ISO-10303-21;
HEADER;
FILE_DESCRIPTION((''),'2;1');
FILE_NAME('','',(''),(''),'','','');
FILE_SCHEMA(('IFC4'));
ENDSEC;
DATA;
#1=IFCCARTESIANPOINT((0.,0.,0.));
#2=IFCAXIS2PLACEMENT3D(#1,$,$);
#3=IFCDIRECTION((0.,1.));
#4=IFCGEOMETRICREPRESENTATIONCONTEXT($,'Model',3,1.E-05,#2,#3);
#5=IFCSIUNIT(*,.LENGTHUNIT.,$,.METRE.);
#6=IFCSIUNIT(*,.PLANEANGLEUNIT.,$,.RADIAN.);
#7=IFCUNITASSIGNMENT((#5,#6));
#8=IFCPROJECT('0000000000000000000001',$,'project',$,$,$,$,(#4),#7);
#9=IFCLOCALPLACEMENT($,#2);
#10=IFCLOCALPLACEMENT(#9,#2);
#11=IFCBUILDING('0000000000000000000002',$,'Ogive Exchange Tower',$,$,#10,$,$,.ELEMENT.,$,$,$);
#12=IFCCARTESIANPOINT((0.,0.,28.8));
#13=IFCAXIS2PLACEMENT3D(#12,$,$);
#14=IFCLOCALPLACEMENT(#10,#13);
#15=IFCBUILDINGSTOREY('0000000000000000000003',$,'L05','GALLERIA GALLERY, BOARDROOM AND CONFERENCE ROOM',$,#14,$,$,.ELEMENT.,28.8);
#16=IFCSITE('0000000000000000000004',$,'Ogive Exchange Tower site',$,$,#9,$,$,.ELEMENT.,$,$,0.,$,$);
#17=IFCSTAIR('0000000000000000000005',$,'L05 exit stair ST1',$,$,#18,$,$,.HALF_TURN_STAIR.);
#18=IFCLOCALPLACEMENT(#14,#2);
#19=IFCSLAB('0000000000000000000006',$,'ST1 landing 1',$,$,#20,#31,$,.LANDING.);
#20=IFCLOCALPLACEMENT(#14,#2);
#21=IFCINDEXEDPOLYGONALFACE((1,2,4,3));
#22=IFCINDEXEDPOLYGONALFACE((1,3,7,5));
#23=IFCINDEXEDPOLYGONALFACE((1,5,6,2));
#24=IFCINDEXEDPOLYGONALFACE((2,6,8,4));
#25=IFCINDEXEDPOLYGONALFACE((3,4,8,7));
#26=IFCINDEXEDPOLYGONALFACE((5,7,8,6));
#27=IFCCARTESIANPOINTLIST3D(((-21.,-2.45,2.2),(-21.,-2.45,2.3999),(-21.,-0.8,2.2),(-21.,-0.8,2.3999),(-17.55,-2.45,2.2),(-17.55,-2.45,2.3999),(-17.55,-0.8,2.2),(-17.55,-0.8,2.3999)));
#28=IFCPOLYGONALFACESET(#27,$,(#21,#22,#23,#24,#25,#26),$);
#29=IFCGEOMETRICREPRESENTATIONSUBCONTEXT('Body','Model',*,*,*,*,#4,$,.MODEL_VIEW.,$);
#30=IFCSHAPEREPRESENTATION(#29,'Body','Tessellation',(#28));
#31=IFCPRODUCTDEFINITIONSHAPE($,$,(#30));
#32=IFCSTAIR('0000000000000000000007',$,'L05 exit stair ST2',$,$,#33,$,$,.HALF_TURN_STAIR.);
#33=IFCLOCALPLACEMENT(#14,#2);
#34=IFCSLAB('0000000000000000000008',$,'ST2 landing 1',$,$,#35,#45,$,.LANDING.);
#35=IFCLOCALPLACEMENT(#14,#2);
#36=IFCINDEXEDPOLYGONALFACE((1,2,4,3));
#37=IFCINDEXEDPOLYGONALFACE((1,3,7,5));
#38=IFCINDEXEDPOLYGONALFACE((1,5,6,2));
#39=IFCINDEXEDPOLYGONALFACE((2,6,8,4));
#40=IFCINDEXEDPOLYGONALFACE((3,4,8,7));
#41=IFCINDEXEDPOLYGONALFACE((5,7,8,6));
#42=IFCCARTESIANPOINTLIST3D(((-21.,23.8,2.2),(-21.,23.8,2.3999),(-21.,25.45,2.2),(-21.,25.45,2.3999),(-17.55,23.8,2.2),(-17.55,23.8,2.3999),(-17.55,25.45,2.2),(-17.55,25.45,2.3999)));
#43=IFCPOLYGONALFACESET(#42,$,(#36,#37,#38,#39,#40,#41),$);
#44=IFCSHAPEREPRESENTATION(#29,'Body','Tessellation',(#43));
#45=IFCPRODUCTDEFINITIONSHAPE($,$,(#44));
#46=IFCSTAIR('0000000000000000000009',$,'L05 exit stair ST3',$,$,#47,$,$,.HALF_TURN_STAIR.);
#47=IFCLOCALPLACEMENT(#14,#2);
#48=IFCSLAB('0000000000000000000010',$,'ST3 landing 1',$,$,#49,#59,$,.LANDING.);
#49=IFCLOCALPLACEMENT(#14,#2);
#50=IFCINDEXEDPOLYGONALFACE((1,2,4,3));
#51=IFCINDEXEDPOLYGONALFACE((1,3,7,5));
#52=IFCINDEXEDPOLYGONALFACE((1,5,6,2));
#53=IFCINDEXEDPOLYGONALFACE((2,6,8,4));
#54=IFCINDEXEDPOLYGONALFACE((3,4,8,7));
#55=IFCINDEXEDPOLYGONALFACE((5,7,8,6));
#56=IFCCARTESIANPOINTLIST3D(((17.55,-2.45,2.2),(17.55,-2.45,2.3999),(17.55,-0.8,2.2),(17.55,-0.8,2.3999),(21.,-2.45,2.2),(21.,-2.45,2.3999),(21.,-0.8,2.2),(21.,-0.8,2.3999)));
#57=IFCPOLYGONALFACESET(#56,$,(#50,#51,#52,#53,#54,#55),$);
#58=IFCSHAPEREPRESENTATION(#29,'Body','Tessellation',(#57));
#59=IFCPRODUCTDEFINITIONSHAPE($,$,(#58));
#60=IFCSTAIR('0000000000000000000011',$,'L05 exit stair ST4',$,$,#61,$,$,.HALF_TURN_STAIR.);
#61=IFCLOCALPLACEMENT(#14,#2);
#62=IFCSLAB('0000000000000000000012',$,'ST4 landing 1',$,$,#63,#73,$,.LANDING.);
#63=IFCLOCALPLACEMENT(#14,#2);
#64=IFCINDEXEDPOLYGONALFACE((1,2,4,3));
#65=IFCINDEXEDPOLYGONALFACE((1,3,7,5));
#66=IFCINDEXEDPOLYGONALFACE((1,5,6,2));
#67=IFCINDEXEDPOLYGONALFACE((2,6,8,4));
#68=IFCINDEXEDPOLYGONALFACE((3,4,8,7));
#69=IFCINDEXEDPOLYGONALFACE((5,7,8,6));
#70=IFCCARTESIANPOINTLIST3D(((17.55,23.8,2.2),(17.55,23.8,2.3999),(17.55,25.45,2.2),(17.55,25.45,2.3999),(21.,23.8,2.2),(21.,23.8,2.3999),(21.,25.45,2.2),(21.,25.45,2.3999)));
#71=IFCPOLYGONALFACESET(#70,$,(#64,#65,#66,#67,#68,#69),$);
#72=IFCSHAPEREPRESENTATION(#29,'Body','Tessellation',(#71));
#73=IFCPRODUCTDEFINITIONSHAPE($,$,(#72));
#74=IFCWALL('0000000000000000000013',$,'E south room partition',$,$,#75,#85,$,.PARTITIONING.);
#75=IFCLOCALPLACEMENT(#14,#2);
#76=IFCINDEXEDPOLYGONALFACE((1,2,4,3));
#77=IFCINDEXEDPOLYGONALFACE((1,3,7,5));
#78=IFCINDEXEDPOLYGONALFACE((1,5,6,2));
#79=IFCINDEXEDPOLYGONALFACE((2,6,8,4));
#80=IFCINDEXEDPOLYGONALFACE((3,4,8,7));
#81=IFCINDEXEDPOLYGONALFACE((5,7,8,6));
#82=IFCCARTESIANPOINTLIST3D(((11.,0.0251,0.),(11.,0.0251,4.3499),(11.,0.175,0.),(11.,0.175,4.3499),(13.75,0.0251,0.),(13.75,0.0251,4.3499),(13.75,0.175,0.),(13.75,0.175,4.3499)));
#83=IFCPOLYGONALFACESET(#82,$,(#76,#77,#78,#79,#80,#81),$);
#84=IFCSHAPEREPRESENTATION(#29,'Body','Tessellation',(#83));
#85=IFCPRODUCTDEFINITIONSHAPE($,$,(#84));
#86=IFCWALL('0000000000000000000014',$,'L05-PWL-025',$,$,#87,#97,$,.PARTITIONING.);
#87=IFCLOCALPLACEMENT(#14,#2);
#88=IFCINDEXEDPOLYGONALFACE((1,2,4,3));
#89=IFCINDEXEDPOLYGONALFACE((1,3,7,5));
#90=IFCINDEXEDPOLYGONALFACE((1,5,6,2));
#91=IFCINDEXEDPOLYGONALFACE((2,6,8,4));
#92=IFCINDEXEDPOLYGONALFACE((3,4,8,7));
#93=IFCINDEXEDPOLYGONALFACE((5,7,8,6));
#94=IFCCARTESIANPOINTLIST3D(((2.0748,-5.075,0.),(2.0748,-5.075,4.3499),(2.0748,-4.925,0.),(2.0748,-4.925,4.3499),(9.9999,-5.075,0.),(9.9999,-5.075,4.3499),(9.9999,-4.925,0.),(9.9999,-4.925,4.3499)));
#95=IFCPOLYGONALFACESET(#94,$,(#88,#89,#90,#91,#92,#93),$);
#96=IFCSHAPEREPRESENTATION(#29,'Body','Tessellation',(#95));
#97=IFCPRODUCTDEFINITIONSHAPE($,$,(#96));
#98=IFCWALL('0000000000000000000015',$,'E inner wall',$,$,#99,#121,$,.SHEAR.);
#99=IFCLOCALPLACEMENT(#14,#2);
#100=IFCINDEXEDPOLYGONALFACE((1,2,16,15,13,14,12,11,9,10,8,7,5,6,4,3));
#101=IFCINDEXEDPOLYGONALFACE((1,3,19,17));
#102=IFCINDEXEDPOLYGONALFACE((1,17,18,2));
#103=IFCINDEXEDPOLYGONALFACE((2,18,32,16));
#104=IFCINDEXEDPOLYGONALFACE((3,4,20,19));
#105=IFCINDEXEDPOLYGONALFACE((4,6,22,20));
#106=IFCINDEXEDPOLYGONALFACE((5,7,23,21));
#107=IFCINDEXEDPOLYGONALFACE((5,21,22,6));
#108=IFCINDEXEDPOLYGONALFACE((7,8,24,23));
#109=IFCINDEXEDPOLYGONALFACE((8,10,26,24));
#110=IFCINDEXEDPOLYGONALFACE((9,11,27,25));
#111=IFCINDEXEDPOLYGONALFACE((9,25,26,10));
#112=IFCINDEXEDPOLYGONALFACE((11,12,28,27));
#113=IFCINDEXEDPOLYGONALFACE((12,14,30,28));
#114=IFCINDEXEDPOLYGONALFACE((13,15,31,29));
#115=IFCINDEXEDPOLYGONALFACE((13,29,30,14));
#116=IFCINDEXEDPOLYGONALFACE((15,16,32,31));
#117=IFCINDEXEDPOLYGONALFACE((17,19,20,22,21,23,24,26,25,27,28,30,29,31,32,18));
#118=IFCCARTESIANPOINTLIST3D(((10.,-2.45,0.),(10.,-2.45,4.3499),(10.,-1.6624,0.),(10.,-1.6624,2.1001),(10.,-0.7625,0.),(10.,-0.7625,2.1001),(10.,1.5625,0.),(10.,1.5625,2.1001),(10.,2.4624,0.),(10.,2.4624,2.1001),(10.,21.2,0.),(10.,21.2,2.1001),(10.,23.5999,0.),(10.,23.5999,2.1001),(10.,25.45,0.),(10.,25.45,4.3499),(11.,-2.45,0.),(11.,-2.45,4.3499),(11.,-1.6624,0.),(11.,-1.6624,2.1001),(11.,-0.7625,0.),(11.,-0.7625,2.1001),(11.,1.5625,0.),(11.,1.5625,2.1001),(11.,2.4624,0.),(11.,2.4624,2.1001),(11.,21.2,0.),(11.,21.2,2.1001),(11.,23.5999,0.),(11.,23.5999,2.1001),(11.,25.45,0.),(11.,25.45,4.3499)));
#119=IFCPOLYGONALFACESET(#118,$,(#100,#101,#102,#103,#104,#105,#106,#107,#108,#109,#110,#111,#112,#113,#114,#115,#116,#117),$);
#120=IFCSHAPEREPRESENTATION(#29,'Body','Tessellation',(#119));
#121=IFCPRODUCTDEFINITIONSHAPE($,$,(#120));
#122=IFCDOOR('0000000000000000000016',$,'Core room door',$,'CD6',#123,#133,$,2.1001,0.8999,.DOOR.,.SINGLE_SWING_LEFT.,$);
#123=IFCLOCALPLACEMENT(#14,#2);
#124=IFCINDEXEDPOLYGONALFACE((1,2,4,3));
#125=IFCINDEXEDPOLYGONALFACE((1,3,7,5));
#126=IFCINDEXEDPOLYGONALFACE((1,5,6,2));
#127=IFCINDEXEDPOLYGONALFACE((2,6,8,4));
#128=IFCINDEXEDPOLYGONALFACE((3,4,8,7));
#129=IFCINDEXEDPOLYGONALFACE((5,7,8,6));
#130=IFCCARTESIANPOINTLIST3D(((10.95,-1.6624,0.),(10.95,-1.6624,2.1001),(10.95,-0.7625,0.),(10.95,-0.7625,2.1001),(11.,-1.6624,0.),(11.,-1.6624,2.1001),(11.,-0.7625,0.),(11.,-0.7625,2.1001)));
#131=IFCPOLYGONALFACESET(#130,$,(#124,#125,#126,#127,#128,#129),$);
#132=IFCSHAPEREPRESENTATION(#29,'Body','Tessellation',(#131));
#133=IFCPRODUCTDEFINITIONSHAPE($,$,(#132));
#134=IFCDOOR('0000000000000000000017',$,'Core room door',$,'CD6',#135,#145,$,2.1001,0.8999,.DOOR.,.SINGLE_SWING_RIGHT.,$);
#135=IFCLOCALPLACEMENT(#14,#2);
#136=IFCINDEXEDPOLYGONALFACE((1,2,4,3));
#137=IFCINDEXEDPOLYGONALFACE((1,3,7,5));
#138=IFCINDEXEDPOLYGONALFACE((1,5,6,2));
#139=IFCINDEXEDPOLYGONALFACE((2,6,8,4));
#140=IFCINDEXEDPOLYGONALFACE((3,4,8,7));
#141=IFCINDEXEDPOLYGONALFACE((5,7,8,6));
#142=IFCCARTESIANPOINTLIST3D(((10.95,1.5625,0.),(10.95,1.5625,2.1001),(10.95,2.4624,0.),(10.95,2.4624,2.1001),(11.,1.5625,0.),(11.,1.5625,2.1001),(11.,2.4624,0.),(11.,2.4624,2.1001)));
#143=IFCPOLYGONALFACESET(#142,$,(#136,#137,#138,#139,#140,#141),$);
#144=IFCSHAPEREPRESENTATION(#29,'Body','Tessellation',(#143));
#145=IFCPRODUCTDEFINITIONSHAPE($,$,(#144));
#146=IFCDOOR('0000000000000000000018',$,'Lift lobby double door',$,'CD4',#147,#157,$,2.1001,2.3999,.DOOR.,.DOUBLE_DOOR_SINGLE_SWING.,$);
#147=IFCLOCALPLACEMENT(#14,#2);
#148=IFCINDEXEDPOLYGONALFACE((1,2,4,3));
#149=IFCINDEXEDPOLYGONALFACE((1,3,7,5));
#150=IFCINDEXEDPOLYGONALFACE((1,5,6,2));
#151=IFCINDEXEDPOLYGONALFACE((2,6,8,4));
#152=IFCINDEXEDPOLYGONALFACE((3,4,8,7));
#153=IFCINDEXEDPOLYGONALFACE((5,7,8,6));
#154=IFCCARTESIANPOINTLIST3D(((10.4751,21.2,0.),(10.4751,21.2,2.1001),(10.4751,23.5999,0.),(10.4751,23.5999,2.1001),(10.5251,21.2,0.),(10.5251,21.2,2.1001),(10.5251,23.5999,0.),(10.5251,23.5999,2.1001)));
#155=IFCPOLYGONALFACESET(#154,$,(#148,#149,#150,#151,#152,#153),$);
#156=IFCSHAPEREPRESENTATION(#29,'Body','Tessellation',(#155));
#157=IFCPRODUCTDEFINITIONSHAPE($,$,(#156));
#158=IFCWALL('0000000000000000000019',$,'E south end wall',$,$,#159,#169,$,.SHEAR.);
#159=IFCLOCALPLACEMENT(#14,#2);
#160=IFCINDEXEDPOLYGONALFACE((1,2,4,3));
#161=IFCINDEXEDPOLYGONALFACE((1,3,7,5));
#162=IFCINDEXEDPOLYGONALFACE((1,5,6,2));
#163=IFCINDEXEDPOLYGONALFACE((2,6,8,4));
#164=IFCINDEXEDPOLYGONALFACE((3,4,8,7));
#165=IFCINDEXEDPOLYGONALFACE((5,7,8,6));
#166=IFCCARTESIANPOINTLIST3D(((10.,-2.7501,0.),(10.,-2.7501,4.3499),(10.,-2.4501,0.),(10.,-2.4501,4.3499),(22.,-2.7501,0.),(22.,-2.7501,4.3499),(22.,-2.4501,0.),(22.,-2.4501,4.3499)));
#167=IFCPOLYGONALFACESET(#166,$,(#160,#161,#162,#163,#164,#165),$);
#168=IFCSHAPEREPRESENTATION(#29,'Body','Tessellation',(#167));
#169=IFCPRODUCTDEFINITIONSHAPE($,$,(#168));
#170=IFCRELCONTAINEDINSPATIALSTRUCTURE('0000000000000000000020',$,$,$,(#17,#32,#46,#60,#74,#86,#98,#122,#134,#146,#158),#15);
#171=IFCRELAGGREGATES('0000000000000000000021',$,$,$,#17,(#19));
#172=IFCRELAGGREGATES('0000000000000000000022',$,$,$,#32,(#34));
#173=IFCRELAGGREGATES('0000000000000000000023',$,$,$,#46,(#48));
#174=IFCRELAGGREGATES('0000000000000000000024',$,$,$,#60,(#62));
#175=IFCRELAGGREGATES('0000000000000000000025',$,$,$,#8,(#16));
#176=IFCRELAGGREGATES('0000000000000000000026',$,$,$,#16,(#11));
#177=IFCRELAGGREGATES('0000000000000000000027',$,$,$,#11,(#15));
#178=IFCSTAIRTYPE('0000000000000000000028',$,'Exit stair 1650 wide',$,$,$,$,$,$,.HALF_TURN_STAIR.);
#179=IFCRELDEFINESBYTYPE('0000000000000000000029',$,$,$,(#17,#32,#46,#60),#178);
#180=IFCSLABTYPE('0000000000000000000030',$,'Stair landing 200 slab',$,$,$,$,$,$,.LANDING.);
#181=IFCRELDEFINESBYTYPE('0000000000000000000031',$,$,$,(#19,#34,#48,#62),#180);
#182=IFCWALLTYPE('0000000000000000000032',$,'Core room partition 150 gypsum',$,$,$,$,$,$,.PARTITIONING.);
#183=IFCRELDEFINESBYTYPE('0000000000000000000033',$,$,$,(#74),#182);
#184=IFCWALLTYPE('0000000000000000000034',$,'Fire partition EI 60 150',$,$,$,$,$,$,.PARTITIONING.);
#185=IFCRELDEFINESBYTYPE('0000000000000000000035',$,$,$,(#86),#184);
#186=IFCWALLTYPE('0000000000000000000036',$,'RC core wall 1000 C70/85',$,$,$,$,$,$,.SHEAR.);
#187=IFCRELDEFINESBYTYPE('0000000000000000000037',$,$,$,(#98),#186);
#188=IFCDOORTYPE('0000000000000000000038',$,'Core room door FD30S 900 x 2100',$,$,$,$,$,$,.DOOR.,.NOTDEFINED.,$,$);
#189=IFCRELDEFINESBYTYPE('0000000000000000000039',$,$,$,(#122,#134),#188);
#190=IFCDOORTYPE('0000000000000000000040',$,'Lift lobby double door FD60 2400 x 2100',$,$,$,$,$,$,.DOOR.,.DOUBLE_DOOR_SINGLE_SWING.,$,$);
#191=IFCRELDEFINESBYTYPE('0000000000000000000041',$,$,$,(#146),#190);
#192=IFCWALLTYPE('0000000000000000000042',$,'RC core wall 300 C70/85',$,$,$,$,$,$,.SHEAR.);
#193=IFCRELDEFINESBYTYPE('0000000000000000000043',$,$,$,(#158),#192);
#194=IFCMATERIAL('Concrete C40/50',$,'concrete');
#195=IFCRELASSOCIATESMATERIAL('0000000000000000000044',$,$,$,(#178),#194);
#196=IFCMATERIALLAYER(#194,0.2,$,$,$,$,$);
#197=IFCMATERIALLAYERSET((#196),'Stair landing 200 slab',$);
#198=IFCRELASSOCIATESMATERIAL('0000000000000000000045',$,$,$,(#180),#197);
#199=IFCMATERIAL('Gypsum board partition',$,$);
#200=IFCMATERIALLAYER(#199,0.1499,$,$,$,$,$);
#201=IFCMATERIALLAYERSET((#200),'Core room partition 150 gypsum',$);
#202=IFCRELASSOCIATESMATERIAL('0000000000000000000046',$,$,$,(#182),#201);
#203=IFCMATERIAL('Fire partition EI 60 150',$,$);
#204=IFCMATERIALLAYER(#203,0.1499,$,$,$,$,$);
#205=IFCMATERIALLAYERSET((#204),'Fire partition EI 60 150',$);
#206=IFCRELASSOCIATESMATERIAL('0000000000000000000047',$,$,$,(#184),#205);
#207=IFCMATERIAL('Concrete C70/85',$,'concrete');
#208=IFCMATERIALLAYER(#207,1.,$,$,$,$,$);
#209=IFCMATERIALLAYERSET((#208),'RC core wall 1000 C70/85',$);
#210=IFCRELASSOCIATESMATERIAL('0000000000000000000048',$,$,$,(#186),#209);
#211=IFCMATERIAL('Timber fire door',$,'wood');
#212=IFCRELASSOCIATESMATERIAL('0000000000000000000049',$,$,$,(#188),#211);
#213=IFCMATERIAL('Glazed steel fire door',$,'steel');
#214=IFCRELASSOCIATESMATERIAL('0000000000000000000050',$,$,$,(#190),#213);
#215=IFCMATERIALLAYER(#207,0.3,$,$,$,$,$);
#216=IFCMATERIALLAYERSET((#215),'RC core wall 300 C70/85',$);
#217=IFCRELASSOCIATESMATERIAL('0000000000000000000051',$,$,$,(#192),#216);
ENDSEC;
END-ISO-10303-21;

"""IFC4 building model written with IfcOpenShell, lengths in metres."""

from ifc_helpers import new_model, si_unit, direction, frame, frame_2d, origin, place, context, subcontext, project, spatial, polyline, rectangle, outline, extrude, material, layer, layer_set, type_object, element, fill, aggregate, save


model = new_model("IFC4")

# Units and contexts
model_context = context("Model", 3, precision=1e-05, world=origin(), true_north=direction((0.0, 1.0)))
body_context = subcontext(model_context, "Body", "Model", "MODEL_VIEW")
ifc_project = project(units=[si_unit("LENGTHUNIT", "METRE"), si_unit("PLANEANGLEUNIT", "RADIAN")], contexts=[model_context])

# Site, building, storey
site_placement = place(None, origin())
site = spatial("IfcSite", under=ifc_project, at=site_placement, Name="Ogive Exchange Tower site", CompositionType="ELEMENT", RefElevation=0.0)
building_placement = place(site_placement, origin())
building = spatial("IfcBuilding", under=site, at=building_placement, Name="Ogive Exchange Tower", CompositionType="ELEMENT")
storey_placement = place(building_placement, frame((0.0, 0.0, 28.8)))
storey = spatial("IfcBuildingStorey", under=building, at=storey_placement, Name="L05", Description="GALLERIA GALLERY, BOARDROOM AND CONFERENCE ROOM", CompositionType="ELEMENT", Elevation=28.8)

# Shared definitions
ifc_material_1 = material(Name="Concrete C70/85", Category="concrete")

# Stairs, slabs
ifc_material_2 = material(Name="Concrete C40/50", Category="concrete")
stair_type = type_object("IfcStairType", Name="Exit stair 1650 wide", PredefinedType="HALF_TURN_STAIR", material=ifc_material_2)
stair_1_placement = place(storey_placement, origin())
stair_1 = element("IfcStair", 1, at=stair_1_placement, inside=storey, type_object=stair_type, Name="L05 exit stair ST1", PredefinedType="HALF_TURN_STAIR")
ifc_layer_1 = layer(ifc_material_2, 0.2)
ifc_layer_set_1 = layer_set([ifc_layer_1], Name="Stair landing 200 slab")
slab_type_1 = type_object("IfcSlabType", Name="Stair landing 200 slab", PredefinedType="LANDING", material=ifc_layer_set_1)
slab_1_placement = place(storey_placement, frame((0.0, 0.0, 2.2)))
slab_1 = element("IfcSlab", 2, at=slab_1_placement, type_object=slab_type_1, Name="ST1 landing 1", PredefinedType="LANDING", context=body_context, shape_type="SweptSolid", body=[
    extrude(outline(polyline([(-21.0, -0.8), (-21.0, -2.45), (-17.55, -2.45), (-17.55, -0.8), (-21.0, -0.8)])), origin(), (0.0, 0.0, 1.0), 0.2),
])
aggregate(stair_1, [slab_1])
stair_2_placement = place(storey_placement, origin())
stair_2 = element("IfcStair", 3, at=stair_2_placement, inside=storey, type_object=stair_type, Name="L05 exit stair ST2", PredefinedType="HALF_TURN_STAIR")
slab_2_placement = place(storey_placement, frame((0.0, 0.0, 2.2)))
slab_2 = element("IfcSlab", 4, at=slab_2_placement, type_object=slab_type_1, Name="ST2 landing 1", PredefinedType="LANDING", context=body_context, shape_type="SweptSolid", body=[
    extrude(outline(polyline([(-17.55, 23.8), (-17.55, 25.45), (-21.0, 25.45), (-21.0, 23.8), (-17.55, 23.8)])), origin(), (0.0, 0.0, 1.0), 0.2),
])
aggregate(stair_2, [slab_2])
stair_3_placement = place(storey_placement, origin())
stair_3 = element("IfcStair", 5, at=stair_3_placement, inside=storey, type_object=stair_type, Name="L05 exit stair ST3", PredefinedType="HALF_TURN_STAIR")
slab_3_placement = place(storey_placement, frame((0.0, 0.0, 2.2)))
slab_3 = element("IfcSlab", 6, at=slab_3_placement, type_object=slab_type_1, Name="ST3 landing 1", PredefinedType="LANDING", context=body_context, shape_type="SweptSolid", body=[
    extrude(outline(polyline([(17.55, -0.8), (17.55, -2.45), (21.0, -2.45), (21.0, -0.8), (17.55, -0.8)])), origin(), (0.0, 0.0, 1.0), 0.2),
])
aggregate(stair_3, [slab_3])
stair_4_placement = place(storey_placement, origin())
stair_4 = element("IfcStair", 7, at=stair_4_placement, inside=storey, type_object=stair_type, Name="L05 exit stair ST4", PredefinedType="HALF_TURN_STAIR")
slab_4_placement = place(storey_placement, frame((0.0, 0.0, 2.2)))
slab_4 = element("IfcSlab", 8, at=slab_4_placement, type_object=slab_type_1, Name="ST4 landing 1", PredefinedType="LANDING", context=body_context, shape_type="SweptSolid", body=[
    extrude(outline(polyline([(21.0, 23.8), (21.0, 25.45), (17.55, 25.45), (17.55, 23.8), (21.0, 23.8)])), origin(), (0.0, 0.0, 1.0), 0.2),
])
aggregate(stair_4, [slab_4])

# Walls
ifc_material_3 = material(Name="Gypsum board partition")
ifc_layer_2 = layer(ifc_material_3, 0.1499)
ifc_layer_set_2 = layer_set([ifc_layer_2], Name="Core room partition 150 gypsum")
wall_type_1 = type_object("IfcWallType", Name="Core room partition 150 gypsum", PredefinedType="PARTITIONING", material=ifc_layer_set_2)
wall_1_placement = place(storey_placement, frame((11.0, 0.1001, 0.0), z_axis=(0.0, 0.0, 1.0), x_axis=(1.0, 0.0, 0.0)))
element("IfcWall", 9, at=wall_1_placement, inside=storey, type_object=wall_type_1, Name="E south room partition", PredefinedType="PARTITIONING", context=body_context, shape_type="SweptSolid", body=[
    extrude(rectangle(XDim=2.75, YDim=0.1499, at=frame_2d((1.375, 0.0))), origin(), (0.0, 0.0, 1.0), 4.3499),
])
ifc_material_4 = material(Name="Fire partition EI 60 150")
ifc_layer_3 = layer(ifc_material_4, 0.1499)
ifc_layer_set_3 = layer_set([ifc_layer_3], Name="Fire partition EI 60 150")
wall_type_2 = type_object("IfcWallType", Name="Fire partition EI 60 150", PredefinedType="PARTITIONING", material=ifc_layer_set_3)
wall_2_placement = place(storey_placement, frame((2.075, -5.0, 0.0), z_axis=(0.0, 0.0, 1.0), x_axis=(1.0, 0.0, 0.0)))
element("IfcWall", 10, at=wall_2_placement, inside=storey, type_object=wall_type_2, Name="L05-PWL-025", PredefinedType="PARTITIONING", context=body_context, shape_type="SweptSolid", body=[
    extrude(rectangle(XDim=7.925, YDim=0.1499, at=frame_2d((3.9624, 0.0))), origin(), (0.0, 0.0, 1.0), 4.3499),
])

# Wall, openings, doors
ifc_layer_4 = layer(ifc_material_1, 1.0)
ifc_layer_set_4 = layer_set([ifc_layer_4], Name="RC core wall 1000 C70/85")
wall_type_3 = type_object("IfcWallType", Name="RC core wall 1000 C70/85", PredefinedType="SHEAR", material=ifc_layer_set_4)
wall_3_placement = place(storey_placement, frame((10.5, -2.45, 0.0), z_axis=(0.0, 0.0, 1.0), x_axis=(0.0, 1.0, 0.0)))
wall_3 = element("IfcWall", 11, at=wall_3_placement, inside=storey, type_object=wall_type_3, Name="E inner wall", PredefinedType="SHEAR", context=body_context, shape_type="SweptSolid", body=[
    extrude(rectangle(XDim=27.8999, YDim=1.0, at=frame_2d((13.95, 0.0))), origin(), (0.0, 0.0, 1.0), 4.3499),
])
opening_1_placement = place(wall_3_placement, frame((23.6499, 0.0, 0.0)))
opening_1 = element("IfcOpeningElement", 12, at=opening_1_placement, cuts=wall_3, PredefinedType="OPENING", context=body_context, shape_type="SweptSolid", body=[
    extrude(rectangle(XDim=2.3999, YDim=2.1001, at=frame_2d((1.2, 1.05))), frame((0.0, 0.51, 0.0), z_axis=(0.0, -1.0, 0.0), x_axis=(1.0, 0.0, 0.0)), (0.0, 0.0, 1.0), 1.02),
])
opening_2_placement = place(wall_3_placement, frame((0.7876, 0.0, 0.0)))
opening_2 = element("IfcOpeningElement", 13, at=opening_2_placement, cuts=wall_3, PredefinedType="OPENING", context=body_context, shape_type="SweptSolid", body=[
    extrude(rectangle(XDim=0.8999, YDim=2.1001, at=frame_2d((0.45, 1.05))), frame((0.0, 0.51, 0.0), z_axis=(0.0, -1.0, 0.0), x_axis=(1.0, 0.0, 0.0)), (0.0, 0.0, 1.0), 1.02),
])
opening_3_placement = place(wall_3_placement, frame((4.0125, 0.0, 0.0)))
opening_3 = element("IfcOpeningElement", 14, at=opening_3_placement, cuts=wall_3, PredefinedType="OPENING", context=body_context, shape_type="SweptSolid", body=[
    extrude(rectangle(XDim=0.8999, YDim=2.1001, at=frame_2d((0.45, 1.05))), frame((0.0, 0.51, 0.0), z_axis=(0.0, -1.0, 0.0), x_axis=(1.0, 0.0, 0.0)), (0.0, 0.0, 1.0), 1.02),
])
ifc_material_5 = material(Name="Timber fire door", Category="wood")
door_type_1 = type_object("IfcDoorType", Name="Core room door FD30S 900 x 2100", OperationType="NOTDEFINED", PredefinedType="DOOR", material=ifc_material_5)
door_1_placement = place(opening_2_placement, frame((0.8999, -0.9502, 0.0), z_axis=(0.0, 0.0, 1.0), x_axis=(-1.0, 0.0, 0.0)))
door_1 = element("IfcDoor", 15, at=door_1_placement, inside=storey, type_object=door_type_1, Name="Core room door", ObjectType="CD6", OperationType="SINGLE_SWING_LEFT", OverallHeight=2.1001, OverallWidth=0.8999, PredefinedType="DOOR", context=body_context, shape_type="SweptSolid", body=[
    extrude(rectangle(XDim=0.8999, YDim=2.1001, at=frame_2d((0.45, 1.05))), frame((0.0, -0.4502, 0.0), z_axis=(0.0, -1.0, 0.0), x_axis=(1.0, 0.0, 0.0)), (0.0, 0.0, 1.0), 0.05),
])
fill(opening_2, door_1)
door_2_placement = place(opening_3_placement, frame((0.8999, -0.9502, 0.0), z_axis=(0.0, 0.0, 1.0), x_axis=(-1.0, 0.0, 0.0)))
door_2 = element("IfcDoor", 16, at=door_2_placement, inside=storey, type_object=door_type_1, Name="Core room door", ObjectType="CD6", OperationType="SINGLE_SWING_RIGHT", OverallHeight=2.1001, OverallWidth=0.8999, PredefinedType="DOOR", context=body_context, shape_type="SweptSolid", body=[
    extrude(rectangle(XDim=0.8999, YDim=2.1001, at=frame_2d((0.45, 1.05))), frame((0.0, -0.4502, 0.0), z_axis=(0.0, -1.0, 0.0), x_axis=(1.0, 0.0, 0.0)), (0.0, 0.0, 1.0), 0.05),
])
fill(opening_3, door_2)
ifc_material_6 = material(Name="Glazed steel fire door", Category="steel")
door_type_2 = type_object("IfcDoorType", Name="Lift lobby double door FD60 2400 x 2100", OperationType="DOUBLE_DOOR_SINGLE_SWING", PredefinedType="DOOR", material=ifc_material_6)
door_3_placement = place(opening_1_placement, origin())
door_3 = element("IfcDoor", 17, at=door_3_placement, inside=storey, type_object=door_type_2, Name="Lift lobby double door", ObjectType="CD4", OperationType="DOUBLE_DOOR_SINGLE_SWING", OverallHeight=2.1001, OverallWidth=2.3999, PredefinedType="DOOR", context=body_context, shape_type="SweptSolid", body=[
    extrude(rectangle(XDim=2.3999, YDim=2.1001, at=frame_2d((1.2, 1.05))), frame((0.0, 0.0249, 0.0), z_axis=(0.0, -1.0, 0.0), x_axis=(1.0, 0.0, 0.0)), (0.0, 0.0, 1.0), 0.05),
])
fill(opening_1, door_3)

# Wall
ifc_layer_5 = layer(ifc_material_1, 0.3)
ifc_layer_set_5 = layer_set([ifc_layer_5], Name="RC core wall 300 C70/85")
wall_type_4 = type_object("IfcWallType", Name="RC core wall 300 C70/85", PredefinedType="SHEAR", material=ifc_layer_set_5)
wall_4_placement = place(storey_placement, frame((10.0, -2.6001, 0.0), z_axis=(0.0, 0.0, 1.0), x_axis=(1.0, 0.0, 0.0)))
element("IfcWall", 18, at=wall_4_placement, inside=storey, type_object=wall_type_4, Name="E south end wall", PredefinedType="SHEAR", context=body_context, shape_type="SweptSolid", body=[
    extrude(rectangle(XDim=12.0, YDim=0.3, at=frame_2d((6.0, 0.0))), origin(), (0.0, 0.0, 1.0), 4.3499),
])

save(model, "model.ifc")
